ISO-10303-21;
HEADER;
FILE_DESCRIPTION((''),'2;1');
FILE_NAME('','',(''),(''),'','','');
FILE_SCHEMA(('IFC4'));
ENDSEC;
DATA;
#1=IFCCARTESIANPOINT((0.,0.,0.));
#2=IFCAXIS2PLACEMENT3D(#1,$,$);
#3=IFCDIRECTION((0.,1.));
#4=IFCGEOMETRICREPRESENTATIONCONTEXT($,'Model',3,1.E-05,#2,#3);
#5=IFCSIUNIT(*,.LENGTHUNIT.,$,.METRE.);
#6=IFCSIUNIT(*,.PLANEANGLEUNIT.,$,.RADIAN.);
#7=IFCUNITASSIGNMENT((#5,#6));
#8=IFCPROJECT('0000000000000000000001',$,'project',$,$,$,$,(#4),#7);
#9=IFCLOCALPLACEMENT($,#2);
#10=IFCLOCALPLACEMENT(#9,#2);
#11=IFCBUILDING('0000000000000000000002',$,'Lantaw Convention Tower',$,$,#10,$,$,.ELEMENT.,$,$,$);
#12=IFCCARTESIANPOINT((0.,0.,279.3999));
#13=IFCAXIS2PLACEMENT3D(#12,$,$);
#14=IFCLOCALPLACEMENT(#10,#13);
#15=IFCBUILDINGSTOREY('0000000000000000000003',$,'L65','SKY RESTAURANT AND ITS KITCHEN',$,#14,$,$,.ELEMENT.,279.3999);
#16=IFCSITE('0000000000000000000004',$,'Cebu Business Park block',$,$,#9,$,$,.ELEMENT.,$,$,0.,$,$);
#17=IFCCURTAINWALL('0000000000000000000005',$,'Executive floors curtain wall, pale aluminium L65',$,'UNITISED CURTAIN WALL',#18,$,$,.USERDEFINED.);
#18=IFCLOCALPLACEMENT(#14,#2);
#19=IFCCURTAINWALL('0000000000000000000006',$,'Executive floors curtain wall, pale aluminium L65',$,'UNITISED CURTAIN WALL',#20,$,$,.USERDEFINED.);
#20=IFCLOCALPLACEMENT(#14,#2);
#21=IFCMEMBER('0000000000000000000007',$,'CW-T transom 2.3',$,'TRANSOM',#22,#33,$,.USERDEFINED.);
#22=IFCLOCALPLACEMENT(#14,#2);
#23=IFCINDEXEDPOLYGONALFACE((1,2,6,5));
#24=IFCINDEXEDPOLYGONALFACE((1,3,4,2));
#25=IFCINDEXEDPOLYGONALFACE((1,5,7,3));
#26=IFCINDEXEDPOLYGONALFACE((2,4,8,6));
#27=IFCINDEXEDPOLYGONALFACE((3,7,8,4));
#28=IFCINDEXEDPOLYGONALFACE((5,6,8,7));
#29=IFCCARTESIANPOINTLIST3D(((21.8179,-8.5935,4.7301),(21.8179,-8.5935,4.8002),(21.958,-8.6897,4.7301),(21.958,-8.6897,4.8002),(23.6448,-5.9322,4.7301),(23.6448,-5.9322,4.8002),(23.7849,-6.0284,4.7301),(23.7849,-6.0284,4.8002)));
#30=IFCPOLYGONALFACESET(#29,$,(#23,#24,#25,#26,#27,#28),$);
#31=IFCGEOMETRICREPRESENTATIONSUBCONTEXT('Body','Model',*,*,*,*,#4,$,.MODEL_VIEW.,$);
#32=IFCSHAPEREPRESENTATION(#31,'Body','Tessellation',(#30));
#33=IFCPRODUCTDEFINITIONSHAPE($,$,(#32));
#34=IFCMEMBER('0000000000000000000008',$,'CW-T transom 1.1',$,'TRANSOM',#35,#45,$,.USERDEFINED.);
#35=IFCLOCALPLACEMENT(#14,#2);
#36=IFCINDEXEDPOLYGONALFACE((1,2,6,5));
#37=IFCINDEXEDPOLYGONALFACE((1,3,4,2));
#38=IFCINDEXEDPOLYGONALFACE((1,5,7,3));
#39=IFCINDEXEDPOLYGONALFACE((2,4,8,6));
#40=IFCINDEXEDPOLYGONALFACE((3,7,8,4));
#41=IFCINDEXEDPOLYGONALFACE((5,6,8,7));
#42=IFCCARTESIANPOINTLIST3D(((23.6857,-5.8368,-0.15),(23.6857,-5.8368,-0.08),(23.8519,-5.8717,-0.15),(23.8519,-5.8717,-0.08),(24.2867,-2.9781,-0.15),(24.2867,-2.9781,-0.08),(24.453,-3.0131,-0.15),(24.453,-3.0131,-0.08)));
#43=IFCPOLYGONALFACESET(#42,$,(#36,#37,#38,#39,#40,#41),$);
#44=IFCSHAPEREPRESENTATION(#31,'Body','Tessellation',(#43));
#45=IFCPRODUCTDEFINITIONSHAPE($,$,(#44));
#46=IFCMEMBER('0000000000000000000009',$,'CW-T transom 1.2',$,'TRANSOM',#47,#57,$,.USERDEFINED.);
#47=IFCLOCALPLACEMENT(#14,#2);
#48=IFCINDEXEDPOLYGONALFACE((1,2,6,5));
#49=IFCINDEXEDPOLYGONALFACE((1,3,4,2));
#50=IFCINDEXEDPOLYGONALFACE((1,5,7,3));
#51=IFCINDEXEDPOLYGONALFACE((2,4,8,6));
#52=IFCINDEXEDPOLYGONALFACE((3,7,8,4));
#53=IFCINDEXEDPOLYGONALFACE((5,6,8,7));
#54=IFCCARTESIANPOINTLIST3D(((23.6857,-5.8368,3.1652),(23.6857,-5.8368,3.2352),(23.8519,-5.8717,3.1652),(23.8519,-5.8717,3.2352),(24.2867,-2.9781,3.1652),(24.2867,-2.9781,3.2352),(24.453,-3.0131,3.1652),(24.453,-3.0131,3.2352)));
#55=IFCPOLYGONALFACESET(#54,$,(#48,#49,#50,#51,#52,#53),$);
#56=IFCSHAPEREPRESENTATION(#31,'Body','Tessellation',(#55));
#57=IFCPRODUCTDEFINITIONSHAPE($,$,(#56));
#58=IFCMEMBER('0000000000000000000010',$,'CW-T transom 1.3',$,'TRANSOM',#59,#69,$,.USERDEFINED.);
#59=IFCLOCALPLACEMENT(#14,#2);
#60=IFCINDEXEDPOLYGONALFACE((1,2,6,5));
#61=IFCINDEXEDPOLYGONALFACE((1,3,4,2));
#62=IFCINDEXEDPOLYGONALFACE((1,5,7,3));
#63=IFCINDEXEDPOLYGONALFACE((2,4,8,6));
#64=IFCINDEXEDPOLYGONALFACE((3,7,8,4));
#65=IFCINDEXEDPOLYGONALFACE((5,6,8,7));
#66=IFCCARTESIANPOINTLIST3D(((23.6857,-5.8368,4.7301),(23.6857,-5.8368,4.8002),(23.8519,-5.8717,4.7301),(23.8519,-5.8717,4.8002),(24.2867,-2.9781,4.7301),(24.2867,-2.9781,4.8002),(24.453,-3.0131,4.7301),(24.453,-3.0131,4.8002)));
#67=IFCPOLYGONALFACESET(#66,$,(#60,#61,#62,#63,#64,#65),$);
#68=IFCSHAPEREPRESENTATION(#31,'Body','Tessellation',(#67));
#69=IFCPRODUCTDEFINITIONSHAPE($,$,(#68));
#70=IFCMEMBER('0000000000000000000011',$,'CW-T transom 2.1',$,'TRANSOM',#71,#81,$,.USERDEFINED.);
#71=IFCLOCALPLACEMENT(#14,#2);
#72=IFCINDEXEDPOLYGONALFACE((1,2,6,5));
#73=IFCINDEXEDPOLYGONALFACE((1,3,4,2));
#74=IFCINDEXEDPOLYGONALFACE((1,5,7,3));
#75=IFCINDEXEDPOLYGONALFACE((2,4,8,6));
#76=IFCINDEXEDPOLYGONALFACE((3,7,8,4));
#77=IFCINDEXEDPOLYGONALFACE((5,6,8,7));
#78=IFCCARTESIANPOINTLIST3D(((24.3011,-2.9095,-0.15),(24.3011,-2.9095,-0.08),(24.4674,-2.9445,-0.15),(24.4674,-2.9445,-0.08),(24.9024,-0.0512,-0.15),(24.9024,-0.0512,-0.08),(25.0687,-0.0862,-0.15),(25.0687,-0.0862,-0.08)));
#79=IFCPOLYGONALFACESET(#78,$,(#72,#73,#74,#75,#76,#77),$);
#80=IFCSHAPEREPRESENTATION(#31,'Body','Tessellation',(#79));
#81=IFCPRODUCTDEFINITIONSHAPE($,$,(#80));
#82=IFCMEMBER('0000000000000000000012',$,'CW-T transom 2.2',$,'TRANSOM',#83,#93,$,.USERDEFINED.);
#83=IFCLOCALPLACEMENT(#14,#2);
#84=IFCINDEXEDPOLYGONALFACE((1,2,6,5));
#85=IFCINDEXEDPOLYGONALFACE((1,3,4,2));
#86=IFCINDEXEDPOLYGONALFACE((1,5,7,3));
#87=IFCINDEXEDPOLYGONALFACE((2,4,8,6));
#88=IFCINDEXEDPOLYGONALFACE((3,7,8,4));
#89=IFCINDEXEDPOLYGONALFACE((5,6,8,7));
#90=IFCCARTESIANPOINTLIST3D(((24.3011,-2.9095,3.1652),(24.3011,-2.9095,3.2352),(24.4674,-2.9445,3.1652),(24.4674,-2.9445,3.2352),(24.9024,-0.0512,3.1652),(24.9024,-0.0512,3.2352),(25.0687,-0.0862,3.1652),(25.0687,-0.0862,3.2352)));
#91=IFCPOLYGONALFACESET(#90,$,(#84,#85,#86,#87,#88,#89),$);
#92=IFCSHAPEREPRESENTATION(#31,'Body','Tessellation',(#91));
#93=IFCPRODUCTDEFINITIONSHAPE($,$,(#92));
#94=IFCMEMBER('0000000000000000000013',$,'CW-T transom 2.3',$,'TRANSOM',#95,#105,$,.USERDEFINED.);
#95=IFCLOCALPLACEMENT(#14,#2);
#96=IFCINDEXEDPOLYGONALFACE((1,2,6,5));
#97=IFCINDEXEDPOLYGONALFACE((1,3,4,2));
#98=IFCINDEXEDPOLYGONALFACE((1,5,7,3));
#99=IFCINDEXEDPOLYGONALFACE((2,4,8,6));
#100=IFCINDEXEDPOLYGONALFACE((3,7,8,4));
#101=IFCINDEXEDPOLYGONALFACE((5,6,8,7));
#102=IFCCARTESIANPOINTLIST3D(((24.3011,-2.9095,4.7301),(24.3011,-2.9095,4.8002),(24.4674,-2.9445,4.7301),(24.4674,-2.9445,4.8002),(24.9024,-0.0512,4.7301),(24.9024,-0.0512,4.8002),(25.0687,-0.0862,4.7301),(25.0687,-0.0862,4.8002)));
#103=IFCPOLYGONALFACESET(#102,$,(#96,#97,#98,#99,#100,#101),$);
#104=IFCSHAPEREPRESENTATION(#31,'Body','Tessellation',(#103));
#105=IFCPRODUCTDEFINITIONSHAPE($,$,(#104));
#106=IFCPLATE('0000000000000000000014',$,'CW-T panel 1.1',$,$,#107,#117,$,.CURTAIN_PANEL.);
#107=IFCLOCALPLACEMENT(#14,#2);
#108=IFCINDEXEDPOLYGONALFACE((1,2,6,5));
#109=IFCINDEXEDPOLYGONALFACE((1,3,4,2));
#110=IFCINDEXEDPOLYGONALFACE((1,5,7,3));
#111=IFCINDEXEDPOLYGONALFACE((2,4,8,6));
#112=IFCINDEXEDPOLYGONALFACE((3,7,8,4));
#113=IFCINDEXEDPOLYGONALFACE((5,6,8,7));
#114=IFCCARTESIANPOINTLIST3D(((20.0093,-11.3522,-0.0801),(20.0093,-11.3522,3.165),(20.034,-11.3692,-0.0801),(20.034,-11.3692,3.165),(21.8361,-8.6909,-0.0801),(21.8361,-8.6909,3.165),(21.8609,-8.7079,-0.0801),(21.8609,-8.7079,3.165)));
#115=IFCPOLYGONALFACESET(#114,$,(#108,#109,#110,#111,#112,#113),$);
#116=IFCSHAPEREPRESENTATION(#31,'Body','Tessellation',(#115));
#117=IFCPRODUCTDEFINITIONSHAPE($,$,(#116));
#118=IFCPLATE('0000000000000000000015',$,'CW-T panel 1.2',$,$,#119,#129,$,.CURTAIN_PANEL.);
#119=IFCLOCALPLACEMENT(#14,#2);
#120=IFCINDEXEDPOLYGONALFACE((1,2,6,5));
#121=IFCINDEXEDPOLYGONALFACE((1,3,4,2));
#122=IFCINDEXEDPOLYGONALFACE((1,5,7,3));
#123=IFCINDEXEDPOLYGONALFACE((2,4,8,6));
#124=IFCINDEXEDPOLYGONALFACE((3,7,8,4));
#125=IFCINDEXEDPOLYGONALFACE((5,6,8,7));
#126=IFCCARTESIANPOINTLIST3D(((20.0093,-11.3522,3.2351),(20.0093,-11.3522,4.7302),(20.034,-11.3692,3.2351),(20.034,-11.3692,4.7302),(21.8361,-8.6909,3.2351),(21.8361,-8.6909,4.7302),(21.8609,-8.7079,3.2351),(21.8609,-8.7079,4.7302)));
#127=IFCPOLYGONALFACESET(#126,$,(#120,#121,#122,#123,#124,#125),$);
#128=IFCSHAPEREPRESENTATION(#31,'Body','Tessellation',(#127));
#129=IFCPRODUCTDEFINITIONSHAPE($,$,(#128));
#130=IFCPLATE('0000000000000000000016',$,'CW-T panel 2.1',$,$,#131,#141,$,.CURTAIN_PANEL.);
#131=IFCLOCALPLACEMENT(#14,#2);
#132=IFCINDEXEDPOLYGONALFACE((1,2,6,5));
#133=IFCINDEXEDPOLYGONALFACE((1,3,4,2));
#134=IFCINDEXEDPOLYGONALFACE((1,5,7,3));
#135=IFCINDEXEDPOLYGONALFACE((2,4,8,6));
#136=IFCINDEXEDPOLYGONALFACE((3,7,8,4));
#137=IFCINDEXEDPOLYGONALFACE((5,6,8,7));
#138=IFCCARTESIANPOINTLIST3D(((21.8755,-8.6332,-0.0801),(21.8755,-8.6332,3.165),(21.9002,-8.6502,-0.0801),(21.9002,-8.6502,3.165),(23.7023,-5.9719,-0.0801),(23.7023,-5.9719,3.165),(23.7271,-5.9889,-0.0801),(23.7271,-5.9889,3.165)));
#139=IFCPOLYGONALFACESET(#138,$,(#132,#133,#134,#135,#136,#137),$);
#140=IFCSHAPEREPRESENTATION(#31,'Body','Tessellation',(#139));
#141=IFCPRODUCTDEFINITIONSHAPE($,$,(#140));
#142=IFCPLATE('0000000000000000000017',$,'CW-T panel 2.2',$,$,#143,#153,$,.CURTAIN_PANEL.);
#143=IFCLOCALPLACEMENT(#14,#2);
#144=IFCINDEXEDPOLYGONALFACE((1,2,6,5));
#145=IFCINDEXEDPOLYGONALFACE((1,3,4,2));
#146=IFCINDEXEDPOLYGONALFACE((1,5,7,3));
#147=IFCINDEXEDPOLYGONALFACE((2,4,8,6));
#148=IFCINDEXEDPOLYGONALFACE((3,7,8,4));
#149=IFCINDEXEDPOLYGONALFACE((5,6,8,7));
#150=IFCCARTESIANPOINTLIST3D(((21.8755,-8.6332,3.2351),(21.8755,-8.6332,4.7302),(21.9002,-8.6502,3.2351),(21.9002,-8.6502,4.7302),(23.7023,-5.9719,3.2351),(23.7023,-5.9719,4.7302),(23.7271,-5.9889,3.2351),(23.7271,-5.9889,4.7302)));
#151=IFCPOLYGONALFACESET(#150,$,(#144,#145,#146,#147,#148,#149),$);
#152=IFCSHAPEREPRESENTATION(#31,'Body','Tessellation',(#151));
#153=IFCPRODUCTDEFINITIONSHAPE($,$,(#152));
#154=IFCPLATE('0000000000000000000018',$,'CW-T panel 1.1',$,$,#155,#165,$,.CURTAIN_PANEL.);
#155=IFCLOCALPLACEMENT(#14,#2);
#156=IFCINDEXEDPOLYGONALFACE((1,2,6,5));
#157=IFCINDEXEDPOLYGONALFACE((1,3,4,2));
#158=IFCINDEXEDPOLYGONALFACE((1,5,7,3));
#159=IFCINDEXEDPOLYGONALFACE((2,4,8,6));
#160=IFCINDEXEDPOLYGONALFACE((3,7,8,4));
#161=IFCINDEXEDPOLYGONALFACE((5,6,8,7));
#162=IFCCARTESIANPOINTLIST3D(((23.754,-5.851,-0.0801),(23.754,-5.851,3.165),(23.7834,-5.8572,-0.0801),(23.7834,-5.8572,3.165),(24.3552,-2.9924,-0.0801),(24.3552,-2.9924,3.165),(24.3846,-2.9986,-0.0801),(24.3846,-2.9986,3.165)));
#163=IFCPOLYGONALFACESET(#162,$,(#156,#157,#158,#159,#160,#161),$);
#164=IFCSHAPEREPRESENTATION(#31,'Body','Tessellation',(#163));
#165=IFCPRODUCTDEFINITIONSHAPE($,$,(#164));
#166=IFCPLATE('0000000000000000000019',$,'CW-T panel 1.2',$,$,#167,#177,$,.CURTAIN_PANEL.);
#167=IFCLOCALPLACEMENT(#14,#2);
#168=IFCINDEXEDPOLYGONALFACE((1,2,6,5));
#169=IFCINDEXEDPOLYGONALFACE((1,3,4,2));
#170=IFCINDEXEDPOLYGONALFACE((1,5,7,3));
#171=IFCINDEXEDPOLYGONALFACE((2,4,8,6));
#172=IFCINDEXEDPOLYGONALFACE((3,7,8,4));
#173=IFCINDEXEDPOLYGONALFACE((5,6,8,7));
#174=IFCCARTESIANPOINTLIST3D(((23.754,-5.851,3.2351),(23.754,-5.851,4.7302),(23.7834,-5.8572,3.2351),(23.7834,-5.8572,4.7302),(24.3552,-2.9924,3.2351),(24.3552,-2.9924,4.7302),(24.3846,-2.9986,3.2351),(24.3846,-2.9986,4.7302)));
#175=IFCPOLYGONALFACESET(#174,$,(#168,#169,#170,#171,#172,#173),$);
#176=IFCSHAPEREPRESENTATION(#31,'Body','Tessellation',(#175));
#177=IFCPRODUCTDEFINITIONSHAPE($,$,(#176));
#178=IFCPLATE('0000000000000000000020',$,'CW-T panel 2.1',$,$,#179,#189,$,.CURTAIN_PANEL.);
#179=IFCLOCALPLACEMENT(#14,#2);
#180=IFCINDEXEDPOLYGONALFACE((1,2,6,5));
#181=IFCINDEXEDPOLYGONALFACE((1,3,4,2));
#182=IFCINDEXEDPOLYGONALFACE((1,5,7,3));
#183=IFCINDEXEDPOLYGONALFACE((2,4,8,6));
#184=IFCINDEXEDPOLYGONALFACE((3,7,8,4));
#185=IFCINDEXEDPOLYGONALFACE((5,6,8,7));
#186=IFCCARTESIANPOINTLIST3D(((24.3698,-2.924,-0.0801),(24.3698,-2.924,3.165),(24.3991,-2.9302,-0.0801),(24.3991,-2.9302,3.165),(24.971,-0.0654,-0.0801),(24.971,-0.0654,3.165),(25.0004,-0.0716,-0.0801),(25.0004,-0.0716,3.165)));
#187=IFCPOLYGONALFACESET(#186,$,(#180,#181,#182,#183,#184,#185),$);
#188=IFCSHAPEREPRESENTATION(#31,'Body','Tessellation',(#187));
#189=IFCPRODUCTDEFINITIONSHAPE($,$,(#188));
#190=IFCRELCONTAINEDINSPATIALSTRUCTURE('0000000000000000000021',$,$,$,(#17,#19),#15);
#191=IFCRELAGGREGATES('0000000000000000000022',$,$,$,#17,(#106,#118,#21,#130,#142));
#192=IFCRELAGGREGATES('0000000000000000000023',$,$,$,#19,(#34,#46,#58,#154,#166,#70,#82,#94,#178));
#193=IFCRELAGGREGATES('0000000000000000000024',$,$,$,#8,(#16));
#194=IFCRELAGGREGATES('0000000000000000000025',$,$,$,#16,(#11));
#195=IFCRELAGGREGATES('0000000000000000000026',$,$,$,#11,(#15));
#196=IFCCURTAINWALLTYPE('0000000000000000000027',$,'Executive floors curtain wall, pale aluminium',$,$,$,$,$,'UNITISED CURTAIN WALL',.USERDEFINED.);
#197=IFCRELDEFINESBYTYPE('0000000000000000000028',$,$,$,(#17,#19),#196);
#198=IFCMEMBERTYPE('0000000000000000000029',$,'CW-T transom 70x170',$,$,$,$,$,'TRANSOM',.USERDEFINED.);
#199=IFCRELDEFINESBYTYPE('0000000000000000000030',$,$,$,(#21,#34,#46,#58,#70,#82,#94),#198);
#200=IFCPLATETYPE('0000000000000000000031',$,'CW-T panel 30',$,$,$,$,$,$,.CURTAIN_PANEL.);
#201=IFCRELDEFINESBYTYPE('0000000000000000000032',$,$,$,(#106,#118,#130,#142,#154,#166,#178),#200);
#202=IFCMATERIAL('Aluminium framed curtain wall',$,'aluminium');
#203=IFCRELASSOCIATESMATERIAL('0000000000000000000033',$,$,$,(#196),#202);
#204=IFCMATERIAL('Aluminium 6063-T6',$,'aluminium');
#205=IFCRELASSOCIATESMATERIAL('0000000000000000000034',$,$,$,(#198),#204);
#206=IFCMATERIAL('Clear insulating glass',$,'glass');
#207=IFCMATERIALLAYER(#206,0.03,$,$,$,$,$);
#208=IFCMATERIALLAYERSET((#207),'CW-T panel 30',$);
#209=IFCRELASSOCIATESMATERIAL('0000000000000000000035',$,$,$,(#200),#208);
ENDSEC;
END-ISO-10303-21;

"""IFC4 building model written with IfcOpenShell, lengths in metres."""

from ifc_helpers import new_model, si_unit, direction, frame, origin, origin_2d, place, context, subcontext, project, spatial, rectangle, extrude, material, layer, layer_set, material_profile, profile_set, type_object, element, aggregate, save


model = new_model("IFC4")

# Units and contexts
model_context = context("Model", 3, precision=1e-05, world=origin(), true_north=direction((0.0, 1.0)))
body_context = subcontext(model_context, "Body", "Model", "MODEL_VIEW")
ifc_project = project(units=[si_unit("LENGTHUNIT", "METRE"), si_unit("PLANEANGLEUNIT", "RADIAN")], contexts=[model_context])

# Site, building, storey
site_placement = place(None, origin())
site = spatial("IfcSite", under=ifc_project, at=site_placement, Name="Cebu Business Park block", CompositionType="ELEMENT", RefElevation=0.0)
building_placement = place(site_placement, origin())
building = spatial("IfcBuilding", under=site, at=building_placement, Name="Lantaw Convention Tower", CompositionType="ELEMENT")
storey_placement = place(building_placement, frame((0.0, 0.0, 279.3999)))
storey = spatial("IfcBuildingStorey", under=building, at=storey_placement, Name="L65", Description="SKY RESTAURANT AND ITS KITCHEN", CompositionType="ELEMENT", Elevation=279.3999)

# Curtain walls
ifc_material_1 = material(Name="Aluminium framed curtain wall", Category="aluminium")
curtain_wall_type = type_object("IfcCurtainWallType", Name="Executive floors curtain wall, pale aluminium", ElementType="UNITISED CURTAIN WALL", PredefinedType="USERDEFINED", material=ifc_material_1)
curtain_wall_1_placement = place(storey_placement, origin())
curtain_wall_1 = element("IfcCurtainWall", 1, at=curtain_wall_1_placement, inside=storey, type_object=curtain_wall_type, Name="Executive floors curtain wall, pale aluminium L65", ObjectType="UNITISED CURTAIN WALL", PredefinedType="USERDEFINED")
ifc_material_2 = material(Name="Aluminium 6063-T6", Category="aluminium")
curtain_wall_2_placement = place(storey_placement, origin())
curtain_wall_2 = element("IfcCurtainWall", 2, at=curtain_wall_2_placement, inside=storey, type_object=curtain_wall_type, Name="Executive floors curtain wall, pale aluminium L65", ObjectType="UNITISED CURTAIN WALL", PredefinedType="USERDEFINED")

# Members
ifc_material_profile_1 = material_profile(ifc_material_2, rectangle(XDim=0.1699, YDim=0.0701, at=origin_2d()), Name="CW-T transom 70x170")
ifc_profile_set_1 = profile_set([ifc_material_profile_1], Name="Aluminium 6063-T6")
member_type_1 = type_object("IfcMemberType", Name="CW-T transom 70x170", ElementType="TRANSOM", PredefinedType="USERDEFINED", material=ifc_profile_set_1)
member_1_placement = place(storey_placement, frame((21.8879, -8.6416, 4.7651), z_axis=(0.565941, 0.824446, 0.0), x_axis=(-0.824446, 0.565941, 0.0)))
member_1 = element("IfcMember", 3, at=member_1_placement, type_object=member_type_1, Name="CW-T transom 2.3", ObjectType="TRANSOM", PredefinedType="USERDEFINED", context=body_context, shape_type="SweptSolid", body=[
    extrude(rectangle(XDim=0.1699, YDim=0.0701, at=origin_2d()), origin(), (0.0, 0.0, 1.0), 3.228),
])
member_2_placement = place(storey_placement, frame((23.7688, -5.8542, -0.115), z_axis=(0.205766, 0.978601, 0.0), x_axis=(-0.978601, 0.205766, 0.0)))
member_2 = element("IfcMember", 4, at=member_2_placement, type_object=member_type_1, Name="CW-T transom 1.1", ObjectType="TRANSOM", PredefinedType="USERDEFINED", context=body_context, shape_type="SweptSolid", body=[
    extrude(rectangle(XDim=0.1699, YDim=0.0701, at=origin_2d()), origin(), (0.0, 0.0, 1.0), 2.9211),
])
member_3_placement = place(storey_placement, frame((23.7688, -5.8542, 3.2002), z_axis=(0.205766, 0.978601, 0.0), x_axis=(-0.978601, 0.205766, 0.0)))
member_3 = element("IfcMember", 5, at=member_3_placement, type_object=member_type_1, Name="CW-T transom 1.2", ObjectType="TRANSOM", PredefinedType="USERDEFINED", context=body_context, shape_type="SweptSolid", body=[
    extrude(rectangle(XDim=0.1699, YDim=0.0701, at=origin_2d()), origin(), (0.0, 0.0, 1.0), 2.9211),
])
member_4_placement = place(storey_placement, frame((23.7688, -5.8542, 4.7651), z_axis=(0.205766, 0.978601, 0.0), x_axis=(-0.978601, 0.205766, 0.0)))
member_4 = element("IfcMember", 6, at=member_4_placement, type_object=member_type_1, Name="CW-T transom 1.3", ObjectType="TRANSOM", PredefinedType="USERDEFINED", context=body_context, shape_type="SweptSolid", body=[
    extrude(rectangle(XDim=0.1699, YDim=0.0701, at=origin_2d()), origin(), (0.0, 0.0, 1.0), 2.9211),
])
member_5_placement = place(storey_placement, frame((24.3843, -2.927, -0.115), z_axis=(0.205863, 0.978581, 0.0), x_axis=(-0.978581, 0.205863, 0.0)))
member_5 = element("IfcMember", 7, at=member_5_placement, type_object=member_type_1, Name="CW-T transom 2.1", ObjectType="TRANSOM", PredefinedType="USERDEFINED", context=body_context, shape_type="SweptSolid", body=[
    extrude(rectangle(XDim=0.1699, YDim=0.0701, at=origin_2d()), origin(), (0.0, 0.0, 1.0), 2.9209),
])
member_6_placement = place(storey_placement, frame((24.3843, -2.927, 3.2002), z_axis=(0.205863, 0.978581, 0.0), x_axis=(-0.978581, 0.205863, 0.0)))
member_6 = element("IfcMember", 8, at=member_6_placement, type_object=member_type_1, Name="CW-T transom 2.2", ObjectType="TRANSOM", PredefinedType="USERDEFINED", context=body_context, shape_type="SweptSolid", body=[
    extrude(rectangle(XDim=0.1699, YDim=0.0701, at=origin_2d()), origin(), (0.0, 0.0, 1.0), 2.9209),
])
member_7_placement = place(storey_placement, frame((24.3843, -2.927, 4.7651), z_axis=(0.205863, 0.978581, 0.0), x_axis=(-0.978581, 0.205863, 0.0)))
member_7 = element("IfcMember", 9, at=member_7_placement, type_object=member_type_1, Name="CW-T transom 2.3", ObjectType="TRANSOM", PredefinedType="USERDEFINED", context=body_context, shape_type="SweptSolid", body=[
    extrude(rectangle(XDim=0.1699, YDim=0.0701, at=origin_2d()), origin(), (0.0, 0.0, 1.0), 2.9209),
])

# Plates
ifc_material_3 = material(Name="Clear insulating glass", Category="glass")
ifc_layer_1 = layer(ifc_material_3, 0.03)
ifc_layer_set_1 = layer_set([ifc_layer_1], Name="CW-T panel 30")
plate_type_1 = type_object("IfcPlateType", Name="CW-T panel 30", PredefinedType="CURTAIN_PANEL", material=ifc_layer_set_1)
plate_1_placement = place(storey_placement, frame((20.9351, -10.03, -0.0801), z_axis=(0.0, 0.0, 1.0), x_axis=(0.565935, 0.82445, 0.0)))
plate_1 = element("IfcPlate", 10, at=plate_1_placement, type_object=plate_type_1, Name="CW-T panel 1.1", PredefinedType="CURTAIN_PANEL", context=body_context, shape_type="SweptSolid", body=[
    extrude(rectangle(XDim=3.228, YDim=0.03, at=origin_2d()), origin(), (0.0, 0.0, 1.0), 3.2451),
])
plate_2_placement = place(storey_placement, frame((20.9351, -10.03, 3.2351), z_axis=(0.0, 0.0, 1.0), x_axis=(0.565935, 0.82445, 0.0)))
plate_2 = element("IfcPlate", 11, at=plate_2_placement, type_object=plate_type_1, Name="CW-T panel 1.2", PredefinedType="CURTAIN_PANEL", context=body_context, shape_type="SweptSolid", body=[
    extrude(rectangle(XDim=3.228, YDim=0.03, at=origin_2d()), origin(), (0.0, 0.0, 1.0), 1.4951),
])
plate_3_placement = place(storey_placement, frame((22.8013, -7.311, -0.0801), z_axis=(0.0, 0.0, 1.0), x_axis=(0.565935, 0.82445, 0.0)))
plate_3 = element("IfcPlate", 12, at=plate_3_placement, type_object=plate_type_1, Name="CW-T panel 2.1", PredefinedType="CURTAIN_PANEL", context=body_context, shape_type="SweptSolid", body=[
    extrude(rectangle(XDim=3.228, YDim=0.03, at=origin_2d()), origin(), (0.0, 0.0, 1.0), 3.2451),
])
plate_4_placement = place(storey_placement, frame((22.8013, -7.311, 3.2351), z_axis=(0.0, 0.0, 1.0), x_axis=(0.565935, 0.82445, 0.0)))
plate_4 = element("IfcPlate", 13, at=plate_4_placement, type_object=plate_type_1, Name="CW-T panel 2.2", PredefinedType="CURTAIN_PANEL", context=body_context, shape_type="SweptSolid", body=[
    extrude(rectangle(XDim=3.228, YDim=0.03, at=origin_2d()), origin(), (0.0, 0.0, 1.0), 1.4951),
])
aggregate(curtain_wall_1, [plate_1, plate_2, member_1, plate_3, plate_4])
plate_5_placement = place(storey_placement, frame((24.0693, -4.4248, -0.0801), z_axis=(0.0, 0.0, 1.0), x_axis=(0.205814, 0.978591, 0.0)))
plate_5 = element("IfcPlate", 14, at=plate_5_placement, type_object=plate_type_1, Name="CW-T panel 1.1", PredefinedType="CURTAIN_PANEL", context=body_context, shape_type="SweptSolid", body=[
    extrude(rectangle(XDim=2.9211, YDim=0.03, at=origin_2d()), origin(), (0.0, 0.0, 1.0), 3.2451),
])
plate_6_placement = place(storey_placement, frame((24.0693, -4.4248, 3.2351), z_axis=(0.0, 0.0, 1.0), x_axis=(0.205814, 0.978591, 0.0)))
plate_6 = element("IfcPlate", 15, at=plate_6_placement, type_object=plate_type_1, Name="CW-T panel 1.2", PredefinedType="CURTAIN_PANEL", context=body_context, shape_type="SweptSolid", body=[
    extrude(rectangle(XDim=2.9211, YDim=0.03, at=origin_2d()), origin(), (0.0, 0.0, 1.0), 1.4951),
])
plate_7_placement = place(storey_placement, frame((24.6851, -1.4978, -0.0801), z_axis=(0.0, 0.0, 1.0), x_axis=(0.205814, 0.978591, 0.0)))
plate_7 = element("IfcPlate", 16, at=plate_7_placement, type_object=plate_type_1, Name="CW-T panel 2.1", PredefinedType="CURTAIN_PANEL", context=body_context, shape_type="SweptSolid", body=[
    extrude(rectangle(XDim=2.9211, YDim=0.03, at=origin_2d()), origin(), (0.0, 0.0, 1.0), 3.2451),
])
aggregate(curtain_wall_2, [member_2, member_3, member_4, plate_5, plate_6, member_5, member_6, member_7, plate_7])

save(model, "model.ifc")
